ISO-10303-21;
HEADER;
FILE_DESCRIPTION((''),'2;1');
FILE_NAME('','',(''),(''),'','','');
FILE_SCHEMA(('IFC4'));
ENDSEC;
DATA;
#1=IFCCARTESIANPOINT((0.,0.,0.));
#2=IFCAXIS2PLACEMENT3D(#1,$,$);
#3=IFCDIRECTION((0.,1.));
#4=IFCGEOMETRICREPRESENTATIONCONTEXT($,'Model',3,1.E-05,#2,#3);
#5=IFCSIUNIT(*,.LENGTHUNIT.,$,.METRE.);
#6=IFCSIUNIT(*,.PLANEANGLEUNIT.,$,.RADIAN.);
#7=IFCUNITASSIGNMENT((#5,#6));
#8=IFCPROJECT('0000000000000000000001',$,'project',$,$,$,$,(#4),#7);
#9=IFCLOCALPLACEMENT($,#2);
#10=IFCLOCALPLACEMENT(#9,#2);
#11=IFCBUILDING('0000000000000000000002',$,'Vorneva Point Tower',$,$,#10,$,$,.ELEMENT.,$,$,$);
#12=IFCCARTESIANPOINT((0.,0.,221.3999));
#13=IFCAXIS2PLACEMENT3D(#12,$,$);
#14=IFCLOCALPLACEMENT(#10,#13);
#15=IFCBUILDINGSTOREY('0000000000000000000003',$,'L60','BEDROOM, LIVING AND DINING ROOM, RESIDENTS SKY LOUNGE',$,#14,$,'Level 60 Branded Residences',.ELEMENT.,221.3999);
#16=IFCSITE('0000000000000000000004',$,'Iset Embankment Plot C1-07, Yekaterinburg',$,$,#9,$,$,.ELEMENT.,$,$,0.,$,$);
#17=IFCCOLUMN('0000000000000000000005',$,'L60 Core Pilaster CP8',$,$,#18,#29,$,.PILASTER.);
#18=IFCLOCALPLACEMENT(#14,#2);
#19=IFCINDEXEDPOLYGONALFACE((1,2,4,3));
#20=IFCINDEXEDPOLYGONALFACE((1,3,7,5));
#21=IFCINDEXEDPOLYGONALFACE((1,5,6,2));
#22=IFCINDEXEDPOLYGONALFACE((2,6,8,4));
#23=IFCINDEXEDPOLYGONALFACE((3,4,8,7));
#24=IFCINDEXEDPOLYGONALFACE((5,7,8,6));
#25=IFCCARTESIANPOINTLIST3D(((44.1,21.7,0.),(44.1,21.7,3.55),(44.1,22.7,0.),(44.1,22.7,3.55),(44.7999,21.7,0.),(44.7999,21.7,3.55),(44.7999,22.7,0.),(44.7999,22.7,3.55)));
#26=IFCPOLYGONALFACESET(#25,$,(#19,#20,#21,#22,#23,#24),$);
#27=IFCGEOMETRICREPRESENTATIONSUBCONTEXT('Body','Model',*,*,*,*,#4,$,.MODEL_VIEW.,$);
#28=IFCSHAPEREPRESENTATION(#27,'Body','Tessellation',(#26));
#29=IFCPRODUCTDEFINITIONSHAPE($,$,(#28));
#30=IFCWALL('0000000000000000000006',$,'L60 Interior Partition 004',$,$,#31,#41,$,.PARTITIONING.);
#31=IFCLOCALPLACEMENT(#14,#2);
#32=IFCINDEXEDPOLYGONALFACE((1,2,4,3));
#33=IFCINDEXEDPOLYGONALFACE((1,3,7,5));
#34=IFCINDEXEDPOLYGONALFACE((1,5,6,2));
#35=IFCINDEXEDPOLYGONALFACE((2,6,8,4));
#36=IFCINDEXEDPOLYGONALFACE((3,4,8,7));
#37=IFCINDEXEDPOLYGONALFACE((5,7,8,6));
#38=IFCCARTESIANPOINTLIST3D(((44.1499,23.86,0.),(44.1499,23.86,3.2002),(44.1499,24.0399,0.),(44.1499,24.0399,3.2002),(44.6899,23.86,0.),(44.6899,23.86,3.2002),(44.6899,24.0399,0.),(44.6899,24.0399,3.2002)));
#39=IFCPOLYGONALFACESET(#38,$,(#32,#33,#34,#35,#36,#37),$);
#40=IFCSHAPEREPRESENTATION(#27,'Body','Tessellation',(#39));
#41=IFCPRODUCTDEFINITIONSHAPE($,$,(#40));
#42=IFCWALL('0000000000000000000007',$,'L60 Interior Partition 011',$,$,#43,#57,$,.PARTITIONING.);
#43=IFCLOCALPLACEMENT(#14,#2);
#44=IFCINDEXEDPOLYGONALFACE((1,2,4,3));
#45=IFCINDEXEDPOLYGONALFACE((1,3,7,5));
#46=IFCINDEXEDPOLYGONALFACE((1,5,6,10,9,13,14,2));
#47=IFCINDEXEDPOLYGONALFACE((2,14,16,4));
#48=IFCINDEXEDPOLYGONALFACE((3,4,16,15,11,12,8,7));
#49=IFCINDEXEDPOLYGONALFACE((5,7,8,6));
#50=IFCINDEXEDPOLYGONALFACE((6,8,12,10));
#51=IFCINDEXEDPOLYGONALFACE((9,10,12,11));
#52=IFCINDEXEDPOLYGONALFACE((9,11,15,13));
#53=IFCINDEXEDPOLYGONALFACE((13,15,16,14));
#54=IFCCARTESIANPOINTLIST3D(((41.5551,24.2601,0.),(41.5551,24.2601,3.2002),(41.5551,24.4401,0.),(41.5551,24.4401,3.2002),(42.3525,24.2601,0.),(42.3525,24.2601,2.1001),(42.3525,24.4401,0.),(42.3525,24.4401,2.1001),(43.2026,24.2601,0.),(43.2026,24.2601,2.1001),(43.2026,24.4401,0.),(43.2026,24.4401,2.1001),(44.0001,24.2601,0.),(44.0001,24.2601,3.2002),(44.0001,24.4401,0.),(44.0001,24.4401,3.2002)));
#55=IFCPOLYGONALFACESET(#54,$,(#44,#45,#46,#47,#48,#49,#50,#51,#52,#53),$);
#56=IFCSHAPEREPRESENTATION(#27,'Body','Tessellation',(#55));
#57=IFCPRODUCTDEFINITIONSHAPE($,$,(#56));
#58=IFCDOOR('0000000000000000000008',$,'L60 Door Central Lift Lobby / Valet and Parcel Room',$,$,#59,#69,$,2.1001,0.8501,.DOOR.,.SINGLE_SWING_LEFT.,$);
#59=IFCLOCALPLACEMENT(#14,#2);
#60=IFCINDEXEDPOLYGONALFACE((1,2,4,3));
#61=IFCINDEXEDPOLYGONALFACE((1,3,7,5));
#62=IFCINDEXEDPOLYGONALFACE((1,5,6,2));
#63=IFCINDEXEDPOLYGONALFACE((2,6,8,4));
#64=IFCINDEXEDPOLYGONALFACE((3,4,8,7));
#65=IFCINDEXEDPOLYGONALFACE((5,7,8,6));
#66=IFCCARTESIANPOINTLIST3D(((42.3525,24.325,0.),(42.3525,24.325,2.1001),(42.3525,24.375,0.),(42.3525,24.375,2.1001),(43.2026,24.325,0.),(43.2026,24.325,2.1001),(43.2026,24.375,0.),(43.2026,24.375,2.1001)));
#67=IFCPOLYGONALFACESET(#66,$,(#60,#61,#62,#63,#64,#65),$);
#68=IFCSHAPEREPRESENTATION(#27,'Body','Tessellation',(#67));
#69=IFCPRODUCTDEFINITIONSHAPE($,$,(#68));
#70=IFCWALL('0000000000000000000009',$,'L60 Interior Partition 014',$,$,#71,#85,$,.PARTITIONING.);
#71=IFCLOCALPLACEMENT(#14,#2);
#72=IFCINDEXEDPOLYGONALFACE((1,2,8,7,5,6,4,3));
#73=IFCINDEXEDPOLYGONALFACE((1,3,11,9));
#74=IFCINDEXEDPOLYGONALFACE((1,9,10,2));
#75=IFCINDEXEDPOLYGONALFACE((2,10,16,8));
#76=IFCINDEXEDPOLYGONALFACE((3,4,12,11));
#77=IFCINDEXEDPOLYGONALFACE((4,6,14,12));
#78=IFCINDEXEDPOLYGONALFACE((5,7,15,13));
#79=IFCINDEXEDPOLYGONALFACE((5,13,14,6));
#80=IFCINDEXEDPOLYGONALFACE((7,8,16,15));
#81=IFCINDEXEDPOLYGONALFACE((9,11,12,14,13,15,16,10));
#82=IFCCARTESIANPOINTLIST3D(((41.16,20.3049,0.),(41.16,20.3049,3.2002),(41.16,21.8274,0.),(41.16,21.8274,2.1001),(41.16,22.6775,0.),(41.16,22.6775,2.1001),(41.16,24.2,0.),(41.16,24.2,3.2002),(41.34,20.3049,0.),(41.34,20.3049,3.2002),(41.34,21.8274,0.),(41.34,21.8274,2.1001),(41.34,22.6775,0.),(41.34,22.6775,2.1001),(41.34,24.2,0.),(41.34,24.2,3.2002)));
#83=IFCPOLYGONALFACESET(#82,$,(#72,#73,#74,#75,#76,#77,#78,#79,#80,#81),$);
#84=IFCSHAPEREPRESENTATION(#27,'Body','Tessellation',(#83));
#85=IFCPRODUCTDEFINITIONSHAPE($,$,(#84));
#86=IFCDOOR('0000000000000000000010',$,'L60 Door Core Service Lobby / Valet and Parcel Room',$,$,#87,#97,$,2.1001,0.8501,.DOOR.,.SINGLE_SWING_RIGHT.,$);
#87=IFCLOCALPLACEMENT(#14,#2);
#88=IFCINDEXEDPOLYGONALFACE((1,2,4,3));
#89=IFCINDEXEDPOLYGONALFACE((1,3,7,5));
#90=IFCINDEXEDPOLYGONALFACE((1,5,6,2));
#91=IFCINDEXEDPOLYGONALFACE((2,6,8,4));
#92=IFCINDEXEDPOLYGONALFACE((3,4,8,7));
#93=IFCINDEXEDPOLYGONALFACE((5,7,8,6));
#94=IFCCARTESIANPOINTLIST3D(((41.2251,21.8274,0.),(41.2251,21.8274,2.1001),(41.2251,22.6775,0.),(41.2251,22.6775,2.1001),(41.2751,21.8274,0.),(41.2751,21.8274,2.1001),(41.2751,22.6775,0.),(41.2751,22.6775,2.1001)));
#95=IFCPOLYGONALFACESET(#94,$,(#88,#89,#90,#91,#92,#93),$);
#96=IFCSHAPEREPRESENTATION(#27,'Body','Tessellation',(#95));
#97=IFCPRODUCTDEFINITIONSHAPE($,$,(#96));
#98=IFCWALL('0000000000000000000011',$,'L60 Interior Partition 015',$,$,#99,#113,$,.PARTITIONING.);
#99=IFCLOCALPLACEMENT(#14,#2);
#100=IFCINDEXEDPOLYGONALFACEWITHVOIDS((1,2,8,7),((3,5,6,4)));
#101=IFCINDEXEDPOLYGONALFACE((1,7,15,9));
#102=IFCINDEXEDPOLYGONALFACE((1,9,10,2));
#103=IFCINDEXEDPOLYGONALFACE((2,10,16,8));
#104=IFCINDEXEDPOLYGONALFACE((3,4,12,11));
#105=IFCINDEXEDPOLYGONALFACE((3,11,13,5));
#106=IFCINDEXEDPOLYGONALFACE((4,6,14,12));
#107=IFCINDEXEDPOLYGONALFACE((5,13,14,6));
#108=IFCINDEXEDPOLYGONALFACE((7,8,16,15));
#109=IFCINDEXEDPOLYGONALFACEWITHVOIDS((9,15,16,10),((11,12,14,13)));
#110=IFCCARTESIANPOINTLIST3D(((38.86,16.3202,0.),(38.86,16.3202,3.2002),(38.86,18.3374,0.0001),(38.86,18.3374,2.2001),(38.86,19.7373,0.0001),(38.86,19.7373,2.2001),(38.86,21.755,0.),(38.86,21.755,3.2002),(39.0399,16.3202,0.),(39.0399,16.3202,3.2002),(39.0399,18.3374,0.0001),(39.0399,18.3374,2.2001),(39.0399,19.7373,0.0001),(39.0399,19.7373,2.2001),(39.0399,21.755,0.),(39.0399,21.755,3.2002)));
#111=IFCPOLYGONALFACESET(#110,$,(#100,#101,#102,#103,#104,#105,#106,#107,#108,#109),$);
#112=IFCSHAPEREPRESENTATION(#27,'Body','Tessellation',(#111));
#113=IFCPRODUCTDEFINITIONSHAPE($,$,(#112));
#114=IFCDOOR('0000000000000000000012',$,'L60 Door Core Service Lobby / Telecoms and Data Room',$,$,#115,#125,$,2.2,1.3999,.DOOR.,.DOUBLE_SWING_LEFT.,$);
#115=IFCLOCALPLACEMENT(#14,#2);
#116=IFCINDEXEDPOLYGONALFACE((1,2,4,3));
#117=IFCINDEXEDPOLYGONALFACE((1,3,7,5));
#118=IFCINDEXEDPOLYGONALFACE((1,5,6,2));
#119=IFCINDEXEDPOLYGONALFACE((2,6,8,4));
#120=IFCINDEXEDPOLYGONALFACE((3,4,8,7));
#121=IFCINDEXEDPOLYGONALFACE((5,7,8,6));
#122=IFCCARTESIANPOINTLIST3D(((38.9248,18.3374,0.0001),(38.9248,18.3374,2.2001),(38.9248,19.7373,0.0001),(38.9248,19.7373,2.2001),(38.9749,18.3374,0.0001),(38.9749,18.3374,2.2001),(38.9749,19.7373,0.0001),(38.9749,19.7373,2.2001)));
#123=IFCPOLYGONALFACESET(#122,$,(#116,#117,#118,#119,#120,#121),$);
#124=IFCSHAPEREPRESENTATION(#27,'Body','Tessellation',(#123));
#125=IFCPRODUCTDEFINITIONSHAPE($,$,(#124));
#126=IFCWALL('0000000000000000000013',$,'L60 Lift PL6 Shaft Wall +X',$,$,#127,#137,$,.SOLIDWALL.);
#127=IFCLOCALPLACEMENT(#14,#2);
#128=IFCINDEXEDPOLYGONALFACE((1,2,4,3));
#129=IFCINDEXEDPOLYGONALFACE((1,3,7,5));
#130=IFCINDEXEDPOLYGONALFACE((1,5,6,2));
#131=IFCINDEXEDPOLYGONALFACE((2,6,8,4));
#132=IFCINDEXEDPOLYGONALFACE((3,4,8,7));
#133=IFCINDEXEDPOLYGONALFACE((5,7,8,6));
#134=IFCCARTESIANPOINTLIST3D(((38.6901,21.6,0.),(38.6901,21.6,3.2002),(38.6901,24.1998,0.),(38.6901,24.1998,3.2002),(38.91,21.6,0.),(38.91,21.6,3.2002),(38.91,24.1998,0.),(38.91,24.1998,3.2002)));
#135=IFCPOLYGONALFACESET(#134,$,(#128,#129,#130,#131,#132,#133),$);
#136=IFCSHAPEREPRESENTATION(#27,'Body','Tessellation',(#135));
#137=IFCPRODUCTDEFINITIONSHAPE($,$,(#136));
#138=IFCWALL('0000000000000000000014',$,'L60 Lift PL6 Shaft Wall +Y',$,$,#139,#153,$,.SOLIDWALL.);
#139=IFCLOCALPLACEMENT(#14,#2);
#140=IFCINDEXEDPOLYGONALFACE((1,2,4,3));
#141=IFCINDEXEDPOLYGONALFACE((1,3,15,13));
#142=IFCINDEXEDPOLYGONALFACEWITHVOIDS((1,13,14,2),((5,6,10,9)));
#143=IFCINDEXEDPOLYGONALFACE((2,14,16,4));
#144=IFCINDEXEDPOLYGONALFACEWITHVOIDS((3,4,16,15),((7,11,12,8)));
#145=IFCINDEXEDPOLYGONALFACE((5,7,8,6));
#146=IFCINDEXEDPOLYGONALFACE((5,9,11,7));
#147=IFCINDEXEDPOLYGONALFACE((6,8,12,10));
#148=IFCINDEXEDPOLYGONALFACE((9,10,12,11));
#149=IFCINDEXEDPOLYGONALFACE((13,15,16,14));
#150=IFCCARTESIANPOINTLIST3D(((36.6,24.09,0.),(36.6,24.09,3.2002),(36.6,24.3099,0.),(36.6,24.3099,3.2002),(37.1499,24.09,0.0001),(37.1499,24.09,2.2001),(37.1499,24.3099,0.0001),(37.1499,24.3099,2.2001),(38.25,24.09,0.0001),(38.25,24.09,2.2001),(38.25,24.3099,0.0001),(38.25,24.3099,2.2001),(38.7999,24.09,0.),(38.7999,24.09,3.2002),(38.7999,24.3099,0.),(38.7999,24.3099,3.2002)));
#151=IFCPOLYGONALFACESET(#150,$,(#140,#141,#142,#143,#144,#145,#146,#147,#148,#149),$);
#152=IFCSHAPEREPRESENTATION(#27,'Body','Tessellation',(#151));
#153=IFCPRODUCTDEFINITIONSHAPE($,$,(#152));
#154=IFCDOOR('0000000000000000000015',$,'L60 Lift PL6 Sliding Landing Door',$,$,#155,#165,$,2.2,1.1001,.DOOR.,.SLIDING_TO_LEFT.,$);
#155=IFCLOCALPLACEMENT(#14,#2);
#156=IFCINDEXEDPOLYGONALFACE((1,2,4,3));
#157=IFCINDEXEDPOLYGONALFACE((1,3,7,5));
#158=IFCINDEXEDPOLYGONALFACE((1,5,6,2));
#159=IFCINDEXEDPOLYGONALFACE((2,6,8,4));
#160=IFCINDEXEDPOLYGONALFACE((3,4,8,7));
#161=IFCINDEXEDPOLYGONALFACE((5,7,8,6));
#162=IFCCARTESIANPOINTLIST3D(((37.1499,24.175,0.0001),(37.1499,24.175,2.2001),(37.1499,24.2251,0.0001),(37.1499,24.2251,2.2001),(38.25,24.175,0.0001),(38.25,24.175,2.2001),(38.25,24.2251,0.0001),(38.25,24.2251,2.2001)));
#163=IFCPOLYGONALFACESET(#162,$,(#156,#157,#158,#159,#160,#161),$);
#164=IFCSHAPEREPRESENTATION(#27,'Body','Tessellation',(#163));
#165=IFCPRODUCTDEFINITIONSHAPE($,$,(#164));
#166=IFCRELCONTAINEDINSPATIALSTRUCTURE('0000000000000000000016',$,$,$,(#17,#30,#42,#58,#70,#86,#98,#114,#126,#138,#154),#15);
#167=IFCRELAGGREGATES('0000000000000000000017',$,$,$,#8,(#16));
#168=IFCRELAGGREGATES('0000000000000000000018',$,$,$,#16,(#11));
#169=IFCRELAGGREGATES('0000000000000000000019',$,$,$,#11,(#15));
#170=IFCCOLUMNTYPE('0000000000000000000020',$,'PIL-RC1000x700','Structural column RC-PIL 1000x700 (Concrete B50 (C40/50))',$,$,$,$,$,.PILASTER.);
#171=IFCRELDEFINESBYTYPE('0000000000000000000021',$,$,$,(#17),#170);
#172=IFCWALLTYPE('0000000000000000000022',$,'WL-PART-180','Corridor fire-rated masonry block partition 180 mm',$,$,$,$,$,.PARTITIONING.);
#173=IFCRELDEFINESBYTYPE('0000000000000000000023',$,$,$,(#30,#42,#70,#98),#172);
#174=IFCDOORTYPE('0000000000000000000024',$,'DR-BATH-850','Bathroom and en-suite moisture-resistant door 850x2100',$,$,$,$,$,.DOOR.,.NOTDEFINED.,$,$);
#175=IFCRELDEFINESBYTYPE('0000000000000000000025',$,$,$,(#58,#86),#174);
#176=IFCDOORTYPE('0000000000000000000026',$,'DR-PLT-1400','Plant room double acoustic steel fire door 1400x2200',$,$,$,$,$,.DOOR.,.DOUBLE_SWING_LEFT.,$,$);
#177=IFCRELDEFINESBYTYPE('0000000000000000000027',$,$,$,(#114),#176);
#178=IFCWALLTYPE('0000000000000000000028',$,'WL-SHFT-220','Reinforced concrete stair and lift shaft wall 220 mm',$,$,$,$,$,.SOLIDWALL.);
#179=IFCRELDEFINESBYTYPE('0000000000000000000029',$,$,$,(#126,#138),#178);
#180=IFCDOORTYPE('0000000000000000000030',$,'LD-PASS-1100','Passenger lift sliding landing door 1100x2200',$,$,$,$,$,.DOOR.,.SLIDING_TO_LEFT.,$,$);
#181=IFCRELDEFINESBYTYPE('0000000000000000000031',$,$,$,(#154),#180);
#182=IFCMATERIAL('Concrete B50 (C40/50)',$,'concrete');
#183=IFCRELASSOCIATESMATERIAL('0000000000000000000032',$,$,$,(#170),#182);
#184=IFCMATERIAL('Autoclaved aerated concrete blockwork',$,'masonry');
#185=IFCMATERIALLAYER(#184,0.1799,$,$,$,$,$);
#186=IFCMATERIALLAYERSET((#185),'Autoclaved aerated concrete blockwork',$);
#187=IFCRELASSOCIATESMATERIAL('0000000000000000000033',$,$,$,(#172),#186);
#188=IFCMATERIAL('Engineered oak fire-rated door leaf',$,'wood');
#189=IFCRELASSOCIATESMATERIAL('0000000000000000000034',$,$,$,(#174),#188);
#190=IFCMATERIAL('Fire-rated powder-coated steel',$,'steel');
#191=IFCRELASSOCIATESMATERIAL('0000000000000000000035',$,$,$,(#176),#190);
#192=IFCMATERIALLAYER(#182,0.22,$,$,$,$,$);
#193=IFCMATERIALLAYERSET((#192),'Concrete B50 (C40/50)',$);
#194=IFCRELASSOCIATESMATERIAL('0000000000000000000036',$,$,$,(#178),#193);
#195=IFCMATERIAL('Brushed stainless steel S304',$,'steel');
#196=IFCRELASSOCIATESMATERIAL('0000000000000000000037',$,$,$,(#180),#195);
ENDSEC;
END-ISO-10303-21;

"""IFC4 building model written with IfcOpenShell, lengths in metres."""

from ifc_helpers import new_model, si_unit, direction, frame, frame_2d, origin, origin_2d, place, context, subcontext, project, spatial, rectangle, extrude, material, layer, layer_set, material_profile, profile_set, type_object, element, fill, save


model = new_model("IFC4")

# Units and contexts
model_context = context("Model", 3, precision=1e-05, world=origin(), true_north=direction((0.0, 1.0)))
body_context = subcontext(model_context, "Body", "Model", "MODEL_VIEW")
ifc_project = project(units=[si_unit("LENGTHUNIT", "METRE"), si_unit("PLANEANGLEUNIT", "RADIAN")], contexts=[model_context])

# Site, building, storey
site_placement = place(None, origin())
site = spatial("IfcSite", under=ifc_project, at=site_placement, Name="Iset Embankment Plot C1-07, Yekaterinburg", CompositionType="ELEMENT", RefElevation=0.0)
building_placement = place(site_placement, origin())
building = spatial("IfcBuilding", under=site, at=building_placement, Name="Vorneva Point Tower", CompositionType="ELEMENT")
storey_placement = place(building_placement, frame((0.0, 0.0, 221.3999)))
storey = spatial("IfcBuildingStorey", under=building, at=storey_placement, Name="L60", Description="BEDROOM, LIVING AND DINING ROOM, RESIDENTS SKY LOUNGE", LongName="Level 60 Branded Residences", CompositionType="ELEMENT", Elevation=221.3999)

# Column
ifc_material_1 = material(Name="Concrete B50 (C40/50)", Category="concrete")
ifc_material_profile = material_profile(ifc_material_1, rectangle(XDim=0.7, YDim=1.0, at=origin_2d()), Name="RC-PIL 1000x700")
ifc_profile_set = profile_set([ifc_material_profile], Name="Concrete B50 (C40/50)")
column_type = type_object("IfcColumnType", Name="PIL-RC1000x700", Description="Structural column RC-PIL 1000x700 (Concrete B50 (C40/50))", PredefinedType="PILASTER", material=ifc_profile_set)
column_placement = place(storey_placement, frame((44.45, 22.2, 0.0), z_axis=(0.0, 0.0, 1.0), x_axis=(1.0, 0.0, 0.0)))
element("IfcColumn", 1, at=column_placement, inside=storey, type_object=column_type, Name="L60 Core Pilaster CP8", PredefinedType="PILASTER", context=body_context, shape_type="SweptSolid", body=[
    extrude(rectangle(XDim=0.7, YDim=1.0, at=origin_2d()), origin(), (0.0, 0.0, 1.0), 3.55),
])

# Wall
ifc_material_2 = material(Name="Autoclaved aerated concrete blockwork", Category="masonry")
ifc_layer_1 = layer(ifc_material_2, 0.1799)
ifc_layer_set_1 = layer_set([ifc_layer_1], Name="Autoclaved aerated concrete blockwork")
wall_type_1 = type_object("IfcWallType", Name="WL-PART-180", Description="Corridor fire-rated masonry block partition 180 mm", PredefinedType="PARTITIONING", material=ifc_layer_set_1)
wall_1_placement = place(storey_placement, frame((44.1499, 23.95, 0.0), z_axis=(0.0, 0.0, 1.0), x_axis=(1.0, 0.0, 0.0)))
element("IfcWall", 2, at=wall_1_placement, inside=storey, type_object=wall_type_1, Name="L60 Interior Partition 004", PredefinedType="PARTITIONING", context=body_context, shape_type="SweptSolid", body=[
    extrude(rectangle(XDim=0.54, YDim=0.1799, at=frame_2d((0.27, 0.0))), origin(), (0.0, 0.0, 1.0), 3.2002),
])

# Walls, openings, doors
ifc_material_3 = material(Name="Fire-rated powder-coated steel", Category="steel")
wall_2_placement = place(storey_placement, frame((41.5549, 24.3501, 0.0), z_axis=(0.0, 0.0, 1.0), x_axis=(1.0, 0.0, 0.0)))
wall_2 = element("IfcWall", 3, at=wall_2_placement, inside=storey, type_object=wall_type_1, Name="L60 Interior Partition 011", PredefinedType="PARTITIONING", context=body_context, shape_type="SweptSolid", body=[
    extrude(rectangle(XDim=2.4451, YDim=0.1799, at=frame_2d((1.2227, 0.0))), origin(), (0.0, 0.0, 1.0), 3.2002),
])
opening_1_placement = place(wall_2_placement, frame((0.7976, 0.0, 0.0)))
opening_1 = element("IfcOpeningElement", 4, at=opening_1_placement, cuts=wall_2, PredefinedType="OPENING", context=body_context, shape_type="SweptSolid", body=[
    extrude(rectangle(XDim=0.8501, YDim=2.1001, at=frame_2d((0.425, 1.05))), frame((0.0, 0.105, 0.0), z_axis=(0.0, -1.0, 0.0), x_axis=(1.0, 0.0, 0.0)), (0.0, 0.0, 1.0), 0.2097),
])
ifc_material_4 = material(Name="Engineered oak fire-rated door leaf", Category="wood")
door_type_1 = type_object("IfcDoorType", Name="DR-BATH-850", Description="Bathroom and en-suite moisture-resistant door 850x2100", OperationType="NOTDEFINED", PredefinedType="DOOR", material=ifc_material_4)
door_1_placement = place(opening_1_placement, origin())
door_1 = element("IfcDoor", 5, at=door_1_placement, inside=storey, type_object=door_type_1, Name="L60 Door Central Lift Lobby / Valet and Parcel Room", OperationType="SINGLE_SWING_LEFT", OverallHeight=2.1001, OverallWidth=0.8501, PredefinedType="DOOR", context=body_context, shape_type="SweptSolid", body=[
    extrude(rectangle(XDim=0.8501, YDim=2.1001, at=frame_2d((0.425, 1.05))), frame((0.0, 0.0249, 0.0), z_axis=(0.0, -1.0, 0.0), x_axis=(1.0, 0.0, 0.0)), (0.0, 0.0, 1.0), 0.05),
])
fill(opening_1, door_1)
wall_3_placement = place(storey_placement, frame((41.25, 20.3049, 0.0), z_axis=(0.0, 0.0, 1.0), x_axis=(0.0, 1.0, 0.0)))
wall_3 = element("IfcWall", 6, at=wall_3_placement, inside=storey, type_object=wall_type_1, Name="L60 Interior Partition 014", PredefinedType="PARTITIONING", context=body_context, shape_type="SweptSolid", body=[
    extrude(rectangle(XDim=3.895, YDim=0.1799, at=frame_2d((1.9475, 0.0))), origin(), (0.0, 0.0, 1.0), 3.2002),
])
opening_2_placement = place(wall_3_placement, frame((1.5225, 0.0, 0.0)))
opening_2 = element("IfcOpeningElement", 7, at=opening_2_placement, cuts=wall_3, PredefinedType="OPENING", context=body_context, shape_type="SweptSolid", body=[
    extrude(rectangle(XDim=0.8501, YDim=2.1001, at=frame_2d((0.425, 1.05))), frame((0.0, 0.105, 0.0), z_axis=(0.0, -1.0, 0.0), x_axis=(1.0, 0.0, 0.0)), (0.0, 0.0, 1.0), 0.2097),
])
door_2_placement = place(opening_2_placement, origin())
door_2 = element("IfcDoor", 8, at=door_2_placement, inside=storey, type_object=door_type_1, Name="L60 Door Core Service Lobby / Valet and Parcel Room", OperationType="SINGLE_SWING_RIGHT", OverallHeight=2.1001, OverallWidth=0.8501, PredefinedType="DOOR", context=body_context, shape_type="SweptSolid", body=[
    extrude(rectangle(XDim=0.8501, YDim=2.1001, at=frame_2d((0.425, 1.05))), frame((0.0, 0.0249, 0.0), z_axis=(0.0, -1.0, 0.0), x_axis=(1.0, 0.0, 0.0)), (0.0, 0.0, 1.0), 0.05),
])
fill(opening_2, door_2)
wall_4_placement = place(storey_placement, frame((38.95, 21.7549, 0.0), z_axis=(0.0, 0.0, 1.0), x_axis=(0.0, -1.0, 0.0)))
wall_4 = element("IfcWall", 9, at=wall_4_placement, inside=storey, type_object=wall_type_1, Name="L60 Interior Partition 015", PredefinedType="PARTITIONING", context=body_context, shape_type="SweptSolid", body=[
    extrude(rectangle(XDim=5.4348, YDim=0.1799, at=frame_2d((2.7173, 0.0))), origin(), (0.0, 0.0, 1.0), 3.2002),
])
opening_3_placement = place(wall_4_placement, frame((2.0176, 0.0, 0.0)))
opening_3 = element("IfcOpeningElement", 10, at=opening_3_placement, cuts=wall_4, PredefinedType="OPENING", context=body_context, shape_type="SweptSolid", body=[
    extrude(rectangle(XDim=1.3999, YDim=2.2, at=frame_2d((0.7, 1.1001))), frame((0.0, 0.105, 0.0), z_axis=(0.0, -1.0, 0.0), x_axis=(1.0, 0.0, 0.0)), (0.0, 0.0, 1.0), 0.2097),
])
door_type_2 = type_object("IfcDoorType", Name="DR-PLT-1400", Description="Plant room double acoustic steel fire door 1400x2200", OperationType="DOUBLE_SWING_LEFT", PredefinedType="DOOR", material=ifc_material_3)
door_3_placement = place(opening_3_placement, origin())
door_3 = element("IfcDoor", 11, at=door_3_placement, inside=storey, type_object=door_type_2, Name="L60 Door Core Service Lobby / Telecoms and Data Room", OperationType="DOUBLE_SWING_LEFT", OverallHeight=2.2, OverallWidth=1.3999, PredefinedType="DOOR", context=body_context, shape_type="SweptSolid", body=[
    extrude(rectangle(XDim=1.3999, YDim=2.2, at=frame_2d((0.7, 1.1001))), frame((0.0, 0.0249, 0.0), z_axis=(0.0, -1.0, 0.0), x_axis=(1.0, 0.0, 0.0)), (0.0, 0.0, 1.0), 0.05),
])
fill(opening_3, door_3)
ifc_layer_2 = layer(ifc_material_1, 0.22)
ifc_layer_set_2 = layer_set([ifc_layer_2], Name="Concrete B50 (C40/50)")
wall_type_2 = type_object("IfcWallType", Name="WL-SHFT-220", Description="Reinforced concrete stair and lift shaft wall 220 mm", PredefinedType="SOLIDWALL", material=ifc_layer_set_2)

# Wall
wall_5_placement = place(storey_placement, frame((38.8, 21.6001, 0.0), z_axis=(0.0, 0.0, 1.0), x_axis=(0.0, 1.0, 0.0)))
element("IfcWall", 12, at=wall_5_placement, inside=storey, type_object=wall_type_2, Name="L60 Lift PL6 Shaft Wall +X", PredefinedType="SOLIDWALL", context=body_context, shape_type="SweptSolid", body=[
    extrude(rectangle(XDim=2.5999, YDim=0.22, at=frame_2d((1.2998, 0.0))), origin(), (0.0, 0.0, 1.0), 3.2002),
])

# Wall, opening, door
wall_6_placement = place(storey_placement, frame((38.8, 24.2, 0.0), z_axis=(0.0, 0.0, 1.0), x_axis=(-1.0, 0.0, 0.0)))
wall_6 = element("IfcWall", 13, at=wall_6_placement, inside=storey, type_object=wall_type_2, Name="L60 Lift PL6 Shaft Wall +Y", PredefinedType="SOLIDWALL", context=body_context, shape_type="SweptSolid", body=[
    extrude(rectangle(XDim=2.2, YDim=0.22, at=frame_2d((1.1001, 0.0))), origin(), (0.0, 0.0, 1.0), 3.2002),
])
opening_4_placement = place(wall_6_placement, frame((0.55, 0.0, 0.0)))
opening_4 = element("IfcOpeningElement", 14, at=opening_4_placement, cuts=wall_6, PredefinedType="OPENING", context=body_context, shape_type="SweptSolid", body=[
    extrude(rectangle(XDim=1.1001, YDim=2.2, at=frame_2d((0.55, 1.1001))), frame((0.0, 0.125, 0.0), z_axis=(0.0, -1.0, 0.0), x_axis=(1.0, 0.0, 0.0)), (0.0, 0.0, 1.0), 0.2498),
])
ifc_material_5 = material(Name="Brushed stainless steel S304", Category="steel")
door_type_3 = type_object("IfcDoorType", Name="LD-PASS-1100", Description="Passenger lift sliding landing door 1100x2200", OperationType="SLIDING_TO_LEFT", PredefinedType="DOOR", material=ifc_material_5)
door_4_placement = place(opening_4_placement, origin())
door_4 = element("IfcDoor", 15, at=door_4_placement, inside=storey, type_object=door_type_3, Name="L60 Lift PL6 Sliding Landing Door", OperationType="SLIDING_TO_LEFT", OverallHeight=2.2, OverallWidth=1.1001, PredefinedType="DOOR", context=body_context, shape_type="SweptSolid", body=[
    extrude(rectangle(XDim=1.1001, YDim=2.2, at=frame_2d((0.55, 1.1001))), frame((0.0, 0.0249, 0.0), z_axis=(0.0, -1.0, 0.0), x_axis=(1.0, 0.0, 0.0)), (0.0, 0.0, 1.0), 0.05),
])
fill(opening_4, door_4)

save(model, "model.ifc")
